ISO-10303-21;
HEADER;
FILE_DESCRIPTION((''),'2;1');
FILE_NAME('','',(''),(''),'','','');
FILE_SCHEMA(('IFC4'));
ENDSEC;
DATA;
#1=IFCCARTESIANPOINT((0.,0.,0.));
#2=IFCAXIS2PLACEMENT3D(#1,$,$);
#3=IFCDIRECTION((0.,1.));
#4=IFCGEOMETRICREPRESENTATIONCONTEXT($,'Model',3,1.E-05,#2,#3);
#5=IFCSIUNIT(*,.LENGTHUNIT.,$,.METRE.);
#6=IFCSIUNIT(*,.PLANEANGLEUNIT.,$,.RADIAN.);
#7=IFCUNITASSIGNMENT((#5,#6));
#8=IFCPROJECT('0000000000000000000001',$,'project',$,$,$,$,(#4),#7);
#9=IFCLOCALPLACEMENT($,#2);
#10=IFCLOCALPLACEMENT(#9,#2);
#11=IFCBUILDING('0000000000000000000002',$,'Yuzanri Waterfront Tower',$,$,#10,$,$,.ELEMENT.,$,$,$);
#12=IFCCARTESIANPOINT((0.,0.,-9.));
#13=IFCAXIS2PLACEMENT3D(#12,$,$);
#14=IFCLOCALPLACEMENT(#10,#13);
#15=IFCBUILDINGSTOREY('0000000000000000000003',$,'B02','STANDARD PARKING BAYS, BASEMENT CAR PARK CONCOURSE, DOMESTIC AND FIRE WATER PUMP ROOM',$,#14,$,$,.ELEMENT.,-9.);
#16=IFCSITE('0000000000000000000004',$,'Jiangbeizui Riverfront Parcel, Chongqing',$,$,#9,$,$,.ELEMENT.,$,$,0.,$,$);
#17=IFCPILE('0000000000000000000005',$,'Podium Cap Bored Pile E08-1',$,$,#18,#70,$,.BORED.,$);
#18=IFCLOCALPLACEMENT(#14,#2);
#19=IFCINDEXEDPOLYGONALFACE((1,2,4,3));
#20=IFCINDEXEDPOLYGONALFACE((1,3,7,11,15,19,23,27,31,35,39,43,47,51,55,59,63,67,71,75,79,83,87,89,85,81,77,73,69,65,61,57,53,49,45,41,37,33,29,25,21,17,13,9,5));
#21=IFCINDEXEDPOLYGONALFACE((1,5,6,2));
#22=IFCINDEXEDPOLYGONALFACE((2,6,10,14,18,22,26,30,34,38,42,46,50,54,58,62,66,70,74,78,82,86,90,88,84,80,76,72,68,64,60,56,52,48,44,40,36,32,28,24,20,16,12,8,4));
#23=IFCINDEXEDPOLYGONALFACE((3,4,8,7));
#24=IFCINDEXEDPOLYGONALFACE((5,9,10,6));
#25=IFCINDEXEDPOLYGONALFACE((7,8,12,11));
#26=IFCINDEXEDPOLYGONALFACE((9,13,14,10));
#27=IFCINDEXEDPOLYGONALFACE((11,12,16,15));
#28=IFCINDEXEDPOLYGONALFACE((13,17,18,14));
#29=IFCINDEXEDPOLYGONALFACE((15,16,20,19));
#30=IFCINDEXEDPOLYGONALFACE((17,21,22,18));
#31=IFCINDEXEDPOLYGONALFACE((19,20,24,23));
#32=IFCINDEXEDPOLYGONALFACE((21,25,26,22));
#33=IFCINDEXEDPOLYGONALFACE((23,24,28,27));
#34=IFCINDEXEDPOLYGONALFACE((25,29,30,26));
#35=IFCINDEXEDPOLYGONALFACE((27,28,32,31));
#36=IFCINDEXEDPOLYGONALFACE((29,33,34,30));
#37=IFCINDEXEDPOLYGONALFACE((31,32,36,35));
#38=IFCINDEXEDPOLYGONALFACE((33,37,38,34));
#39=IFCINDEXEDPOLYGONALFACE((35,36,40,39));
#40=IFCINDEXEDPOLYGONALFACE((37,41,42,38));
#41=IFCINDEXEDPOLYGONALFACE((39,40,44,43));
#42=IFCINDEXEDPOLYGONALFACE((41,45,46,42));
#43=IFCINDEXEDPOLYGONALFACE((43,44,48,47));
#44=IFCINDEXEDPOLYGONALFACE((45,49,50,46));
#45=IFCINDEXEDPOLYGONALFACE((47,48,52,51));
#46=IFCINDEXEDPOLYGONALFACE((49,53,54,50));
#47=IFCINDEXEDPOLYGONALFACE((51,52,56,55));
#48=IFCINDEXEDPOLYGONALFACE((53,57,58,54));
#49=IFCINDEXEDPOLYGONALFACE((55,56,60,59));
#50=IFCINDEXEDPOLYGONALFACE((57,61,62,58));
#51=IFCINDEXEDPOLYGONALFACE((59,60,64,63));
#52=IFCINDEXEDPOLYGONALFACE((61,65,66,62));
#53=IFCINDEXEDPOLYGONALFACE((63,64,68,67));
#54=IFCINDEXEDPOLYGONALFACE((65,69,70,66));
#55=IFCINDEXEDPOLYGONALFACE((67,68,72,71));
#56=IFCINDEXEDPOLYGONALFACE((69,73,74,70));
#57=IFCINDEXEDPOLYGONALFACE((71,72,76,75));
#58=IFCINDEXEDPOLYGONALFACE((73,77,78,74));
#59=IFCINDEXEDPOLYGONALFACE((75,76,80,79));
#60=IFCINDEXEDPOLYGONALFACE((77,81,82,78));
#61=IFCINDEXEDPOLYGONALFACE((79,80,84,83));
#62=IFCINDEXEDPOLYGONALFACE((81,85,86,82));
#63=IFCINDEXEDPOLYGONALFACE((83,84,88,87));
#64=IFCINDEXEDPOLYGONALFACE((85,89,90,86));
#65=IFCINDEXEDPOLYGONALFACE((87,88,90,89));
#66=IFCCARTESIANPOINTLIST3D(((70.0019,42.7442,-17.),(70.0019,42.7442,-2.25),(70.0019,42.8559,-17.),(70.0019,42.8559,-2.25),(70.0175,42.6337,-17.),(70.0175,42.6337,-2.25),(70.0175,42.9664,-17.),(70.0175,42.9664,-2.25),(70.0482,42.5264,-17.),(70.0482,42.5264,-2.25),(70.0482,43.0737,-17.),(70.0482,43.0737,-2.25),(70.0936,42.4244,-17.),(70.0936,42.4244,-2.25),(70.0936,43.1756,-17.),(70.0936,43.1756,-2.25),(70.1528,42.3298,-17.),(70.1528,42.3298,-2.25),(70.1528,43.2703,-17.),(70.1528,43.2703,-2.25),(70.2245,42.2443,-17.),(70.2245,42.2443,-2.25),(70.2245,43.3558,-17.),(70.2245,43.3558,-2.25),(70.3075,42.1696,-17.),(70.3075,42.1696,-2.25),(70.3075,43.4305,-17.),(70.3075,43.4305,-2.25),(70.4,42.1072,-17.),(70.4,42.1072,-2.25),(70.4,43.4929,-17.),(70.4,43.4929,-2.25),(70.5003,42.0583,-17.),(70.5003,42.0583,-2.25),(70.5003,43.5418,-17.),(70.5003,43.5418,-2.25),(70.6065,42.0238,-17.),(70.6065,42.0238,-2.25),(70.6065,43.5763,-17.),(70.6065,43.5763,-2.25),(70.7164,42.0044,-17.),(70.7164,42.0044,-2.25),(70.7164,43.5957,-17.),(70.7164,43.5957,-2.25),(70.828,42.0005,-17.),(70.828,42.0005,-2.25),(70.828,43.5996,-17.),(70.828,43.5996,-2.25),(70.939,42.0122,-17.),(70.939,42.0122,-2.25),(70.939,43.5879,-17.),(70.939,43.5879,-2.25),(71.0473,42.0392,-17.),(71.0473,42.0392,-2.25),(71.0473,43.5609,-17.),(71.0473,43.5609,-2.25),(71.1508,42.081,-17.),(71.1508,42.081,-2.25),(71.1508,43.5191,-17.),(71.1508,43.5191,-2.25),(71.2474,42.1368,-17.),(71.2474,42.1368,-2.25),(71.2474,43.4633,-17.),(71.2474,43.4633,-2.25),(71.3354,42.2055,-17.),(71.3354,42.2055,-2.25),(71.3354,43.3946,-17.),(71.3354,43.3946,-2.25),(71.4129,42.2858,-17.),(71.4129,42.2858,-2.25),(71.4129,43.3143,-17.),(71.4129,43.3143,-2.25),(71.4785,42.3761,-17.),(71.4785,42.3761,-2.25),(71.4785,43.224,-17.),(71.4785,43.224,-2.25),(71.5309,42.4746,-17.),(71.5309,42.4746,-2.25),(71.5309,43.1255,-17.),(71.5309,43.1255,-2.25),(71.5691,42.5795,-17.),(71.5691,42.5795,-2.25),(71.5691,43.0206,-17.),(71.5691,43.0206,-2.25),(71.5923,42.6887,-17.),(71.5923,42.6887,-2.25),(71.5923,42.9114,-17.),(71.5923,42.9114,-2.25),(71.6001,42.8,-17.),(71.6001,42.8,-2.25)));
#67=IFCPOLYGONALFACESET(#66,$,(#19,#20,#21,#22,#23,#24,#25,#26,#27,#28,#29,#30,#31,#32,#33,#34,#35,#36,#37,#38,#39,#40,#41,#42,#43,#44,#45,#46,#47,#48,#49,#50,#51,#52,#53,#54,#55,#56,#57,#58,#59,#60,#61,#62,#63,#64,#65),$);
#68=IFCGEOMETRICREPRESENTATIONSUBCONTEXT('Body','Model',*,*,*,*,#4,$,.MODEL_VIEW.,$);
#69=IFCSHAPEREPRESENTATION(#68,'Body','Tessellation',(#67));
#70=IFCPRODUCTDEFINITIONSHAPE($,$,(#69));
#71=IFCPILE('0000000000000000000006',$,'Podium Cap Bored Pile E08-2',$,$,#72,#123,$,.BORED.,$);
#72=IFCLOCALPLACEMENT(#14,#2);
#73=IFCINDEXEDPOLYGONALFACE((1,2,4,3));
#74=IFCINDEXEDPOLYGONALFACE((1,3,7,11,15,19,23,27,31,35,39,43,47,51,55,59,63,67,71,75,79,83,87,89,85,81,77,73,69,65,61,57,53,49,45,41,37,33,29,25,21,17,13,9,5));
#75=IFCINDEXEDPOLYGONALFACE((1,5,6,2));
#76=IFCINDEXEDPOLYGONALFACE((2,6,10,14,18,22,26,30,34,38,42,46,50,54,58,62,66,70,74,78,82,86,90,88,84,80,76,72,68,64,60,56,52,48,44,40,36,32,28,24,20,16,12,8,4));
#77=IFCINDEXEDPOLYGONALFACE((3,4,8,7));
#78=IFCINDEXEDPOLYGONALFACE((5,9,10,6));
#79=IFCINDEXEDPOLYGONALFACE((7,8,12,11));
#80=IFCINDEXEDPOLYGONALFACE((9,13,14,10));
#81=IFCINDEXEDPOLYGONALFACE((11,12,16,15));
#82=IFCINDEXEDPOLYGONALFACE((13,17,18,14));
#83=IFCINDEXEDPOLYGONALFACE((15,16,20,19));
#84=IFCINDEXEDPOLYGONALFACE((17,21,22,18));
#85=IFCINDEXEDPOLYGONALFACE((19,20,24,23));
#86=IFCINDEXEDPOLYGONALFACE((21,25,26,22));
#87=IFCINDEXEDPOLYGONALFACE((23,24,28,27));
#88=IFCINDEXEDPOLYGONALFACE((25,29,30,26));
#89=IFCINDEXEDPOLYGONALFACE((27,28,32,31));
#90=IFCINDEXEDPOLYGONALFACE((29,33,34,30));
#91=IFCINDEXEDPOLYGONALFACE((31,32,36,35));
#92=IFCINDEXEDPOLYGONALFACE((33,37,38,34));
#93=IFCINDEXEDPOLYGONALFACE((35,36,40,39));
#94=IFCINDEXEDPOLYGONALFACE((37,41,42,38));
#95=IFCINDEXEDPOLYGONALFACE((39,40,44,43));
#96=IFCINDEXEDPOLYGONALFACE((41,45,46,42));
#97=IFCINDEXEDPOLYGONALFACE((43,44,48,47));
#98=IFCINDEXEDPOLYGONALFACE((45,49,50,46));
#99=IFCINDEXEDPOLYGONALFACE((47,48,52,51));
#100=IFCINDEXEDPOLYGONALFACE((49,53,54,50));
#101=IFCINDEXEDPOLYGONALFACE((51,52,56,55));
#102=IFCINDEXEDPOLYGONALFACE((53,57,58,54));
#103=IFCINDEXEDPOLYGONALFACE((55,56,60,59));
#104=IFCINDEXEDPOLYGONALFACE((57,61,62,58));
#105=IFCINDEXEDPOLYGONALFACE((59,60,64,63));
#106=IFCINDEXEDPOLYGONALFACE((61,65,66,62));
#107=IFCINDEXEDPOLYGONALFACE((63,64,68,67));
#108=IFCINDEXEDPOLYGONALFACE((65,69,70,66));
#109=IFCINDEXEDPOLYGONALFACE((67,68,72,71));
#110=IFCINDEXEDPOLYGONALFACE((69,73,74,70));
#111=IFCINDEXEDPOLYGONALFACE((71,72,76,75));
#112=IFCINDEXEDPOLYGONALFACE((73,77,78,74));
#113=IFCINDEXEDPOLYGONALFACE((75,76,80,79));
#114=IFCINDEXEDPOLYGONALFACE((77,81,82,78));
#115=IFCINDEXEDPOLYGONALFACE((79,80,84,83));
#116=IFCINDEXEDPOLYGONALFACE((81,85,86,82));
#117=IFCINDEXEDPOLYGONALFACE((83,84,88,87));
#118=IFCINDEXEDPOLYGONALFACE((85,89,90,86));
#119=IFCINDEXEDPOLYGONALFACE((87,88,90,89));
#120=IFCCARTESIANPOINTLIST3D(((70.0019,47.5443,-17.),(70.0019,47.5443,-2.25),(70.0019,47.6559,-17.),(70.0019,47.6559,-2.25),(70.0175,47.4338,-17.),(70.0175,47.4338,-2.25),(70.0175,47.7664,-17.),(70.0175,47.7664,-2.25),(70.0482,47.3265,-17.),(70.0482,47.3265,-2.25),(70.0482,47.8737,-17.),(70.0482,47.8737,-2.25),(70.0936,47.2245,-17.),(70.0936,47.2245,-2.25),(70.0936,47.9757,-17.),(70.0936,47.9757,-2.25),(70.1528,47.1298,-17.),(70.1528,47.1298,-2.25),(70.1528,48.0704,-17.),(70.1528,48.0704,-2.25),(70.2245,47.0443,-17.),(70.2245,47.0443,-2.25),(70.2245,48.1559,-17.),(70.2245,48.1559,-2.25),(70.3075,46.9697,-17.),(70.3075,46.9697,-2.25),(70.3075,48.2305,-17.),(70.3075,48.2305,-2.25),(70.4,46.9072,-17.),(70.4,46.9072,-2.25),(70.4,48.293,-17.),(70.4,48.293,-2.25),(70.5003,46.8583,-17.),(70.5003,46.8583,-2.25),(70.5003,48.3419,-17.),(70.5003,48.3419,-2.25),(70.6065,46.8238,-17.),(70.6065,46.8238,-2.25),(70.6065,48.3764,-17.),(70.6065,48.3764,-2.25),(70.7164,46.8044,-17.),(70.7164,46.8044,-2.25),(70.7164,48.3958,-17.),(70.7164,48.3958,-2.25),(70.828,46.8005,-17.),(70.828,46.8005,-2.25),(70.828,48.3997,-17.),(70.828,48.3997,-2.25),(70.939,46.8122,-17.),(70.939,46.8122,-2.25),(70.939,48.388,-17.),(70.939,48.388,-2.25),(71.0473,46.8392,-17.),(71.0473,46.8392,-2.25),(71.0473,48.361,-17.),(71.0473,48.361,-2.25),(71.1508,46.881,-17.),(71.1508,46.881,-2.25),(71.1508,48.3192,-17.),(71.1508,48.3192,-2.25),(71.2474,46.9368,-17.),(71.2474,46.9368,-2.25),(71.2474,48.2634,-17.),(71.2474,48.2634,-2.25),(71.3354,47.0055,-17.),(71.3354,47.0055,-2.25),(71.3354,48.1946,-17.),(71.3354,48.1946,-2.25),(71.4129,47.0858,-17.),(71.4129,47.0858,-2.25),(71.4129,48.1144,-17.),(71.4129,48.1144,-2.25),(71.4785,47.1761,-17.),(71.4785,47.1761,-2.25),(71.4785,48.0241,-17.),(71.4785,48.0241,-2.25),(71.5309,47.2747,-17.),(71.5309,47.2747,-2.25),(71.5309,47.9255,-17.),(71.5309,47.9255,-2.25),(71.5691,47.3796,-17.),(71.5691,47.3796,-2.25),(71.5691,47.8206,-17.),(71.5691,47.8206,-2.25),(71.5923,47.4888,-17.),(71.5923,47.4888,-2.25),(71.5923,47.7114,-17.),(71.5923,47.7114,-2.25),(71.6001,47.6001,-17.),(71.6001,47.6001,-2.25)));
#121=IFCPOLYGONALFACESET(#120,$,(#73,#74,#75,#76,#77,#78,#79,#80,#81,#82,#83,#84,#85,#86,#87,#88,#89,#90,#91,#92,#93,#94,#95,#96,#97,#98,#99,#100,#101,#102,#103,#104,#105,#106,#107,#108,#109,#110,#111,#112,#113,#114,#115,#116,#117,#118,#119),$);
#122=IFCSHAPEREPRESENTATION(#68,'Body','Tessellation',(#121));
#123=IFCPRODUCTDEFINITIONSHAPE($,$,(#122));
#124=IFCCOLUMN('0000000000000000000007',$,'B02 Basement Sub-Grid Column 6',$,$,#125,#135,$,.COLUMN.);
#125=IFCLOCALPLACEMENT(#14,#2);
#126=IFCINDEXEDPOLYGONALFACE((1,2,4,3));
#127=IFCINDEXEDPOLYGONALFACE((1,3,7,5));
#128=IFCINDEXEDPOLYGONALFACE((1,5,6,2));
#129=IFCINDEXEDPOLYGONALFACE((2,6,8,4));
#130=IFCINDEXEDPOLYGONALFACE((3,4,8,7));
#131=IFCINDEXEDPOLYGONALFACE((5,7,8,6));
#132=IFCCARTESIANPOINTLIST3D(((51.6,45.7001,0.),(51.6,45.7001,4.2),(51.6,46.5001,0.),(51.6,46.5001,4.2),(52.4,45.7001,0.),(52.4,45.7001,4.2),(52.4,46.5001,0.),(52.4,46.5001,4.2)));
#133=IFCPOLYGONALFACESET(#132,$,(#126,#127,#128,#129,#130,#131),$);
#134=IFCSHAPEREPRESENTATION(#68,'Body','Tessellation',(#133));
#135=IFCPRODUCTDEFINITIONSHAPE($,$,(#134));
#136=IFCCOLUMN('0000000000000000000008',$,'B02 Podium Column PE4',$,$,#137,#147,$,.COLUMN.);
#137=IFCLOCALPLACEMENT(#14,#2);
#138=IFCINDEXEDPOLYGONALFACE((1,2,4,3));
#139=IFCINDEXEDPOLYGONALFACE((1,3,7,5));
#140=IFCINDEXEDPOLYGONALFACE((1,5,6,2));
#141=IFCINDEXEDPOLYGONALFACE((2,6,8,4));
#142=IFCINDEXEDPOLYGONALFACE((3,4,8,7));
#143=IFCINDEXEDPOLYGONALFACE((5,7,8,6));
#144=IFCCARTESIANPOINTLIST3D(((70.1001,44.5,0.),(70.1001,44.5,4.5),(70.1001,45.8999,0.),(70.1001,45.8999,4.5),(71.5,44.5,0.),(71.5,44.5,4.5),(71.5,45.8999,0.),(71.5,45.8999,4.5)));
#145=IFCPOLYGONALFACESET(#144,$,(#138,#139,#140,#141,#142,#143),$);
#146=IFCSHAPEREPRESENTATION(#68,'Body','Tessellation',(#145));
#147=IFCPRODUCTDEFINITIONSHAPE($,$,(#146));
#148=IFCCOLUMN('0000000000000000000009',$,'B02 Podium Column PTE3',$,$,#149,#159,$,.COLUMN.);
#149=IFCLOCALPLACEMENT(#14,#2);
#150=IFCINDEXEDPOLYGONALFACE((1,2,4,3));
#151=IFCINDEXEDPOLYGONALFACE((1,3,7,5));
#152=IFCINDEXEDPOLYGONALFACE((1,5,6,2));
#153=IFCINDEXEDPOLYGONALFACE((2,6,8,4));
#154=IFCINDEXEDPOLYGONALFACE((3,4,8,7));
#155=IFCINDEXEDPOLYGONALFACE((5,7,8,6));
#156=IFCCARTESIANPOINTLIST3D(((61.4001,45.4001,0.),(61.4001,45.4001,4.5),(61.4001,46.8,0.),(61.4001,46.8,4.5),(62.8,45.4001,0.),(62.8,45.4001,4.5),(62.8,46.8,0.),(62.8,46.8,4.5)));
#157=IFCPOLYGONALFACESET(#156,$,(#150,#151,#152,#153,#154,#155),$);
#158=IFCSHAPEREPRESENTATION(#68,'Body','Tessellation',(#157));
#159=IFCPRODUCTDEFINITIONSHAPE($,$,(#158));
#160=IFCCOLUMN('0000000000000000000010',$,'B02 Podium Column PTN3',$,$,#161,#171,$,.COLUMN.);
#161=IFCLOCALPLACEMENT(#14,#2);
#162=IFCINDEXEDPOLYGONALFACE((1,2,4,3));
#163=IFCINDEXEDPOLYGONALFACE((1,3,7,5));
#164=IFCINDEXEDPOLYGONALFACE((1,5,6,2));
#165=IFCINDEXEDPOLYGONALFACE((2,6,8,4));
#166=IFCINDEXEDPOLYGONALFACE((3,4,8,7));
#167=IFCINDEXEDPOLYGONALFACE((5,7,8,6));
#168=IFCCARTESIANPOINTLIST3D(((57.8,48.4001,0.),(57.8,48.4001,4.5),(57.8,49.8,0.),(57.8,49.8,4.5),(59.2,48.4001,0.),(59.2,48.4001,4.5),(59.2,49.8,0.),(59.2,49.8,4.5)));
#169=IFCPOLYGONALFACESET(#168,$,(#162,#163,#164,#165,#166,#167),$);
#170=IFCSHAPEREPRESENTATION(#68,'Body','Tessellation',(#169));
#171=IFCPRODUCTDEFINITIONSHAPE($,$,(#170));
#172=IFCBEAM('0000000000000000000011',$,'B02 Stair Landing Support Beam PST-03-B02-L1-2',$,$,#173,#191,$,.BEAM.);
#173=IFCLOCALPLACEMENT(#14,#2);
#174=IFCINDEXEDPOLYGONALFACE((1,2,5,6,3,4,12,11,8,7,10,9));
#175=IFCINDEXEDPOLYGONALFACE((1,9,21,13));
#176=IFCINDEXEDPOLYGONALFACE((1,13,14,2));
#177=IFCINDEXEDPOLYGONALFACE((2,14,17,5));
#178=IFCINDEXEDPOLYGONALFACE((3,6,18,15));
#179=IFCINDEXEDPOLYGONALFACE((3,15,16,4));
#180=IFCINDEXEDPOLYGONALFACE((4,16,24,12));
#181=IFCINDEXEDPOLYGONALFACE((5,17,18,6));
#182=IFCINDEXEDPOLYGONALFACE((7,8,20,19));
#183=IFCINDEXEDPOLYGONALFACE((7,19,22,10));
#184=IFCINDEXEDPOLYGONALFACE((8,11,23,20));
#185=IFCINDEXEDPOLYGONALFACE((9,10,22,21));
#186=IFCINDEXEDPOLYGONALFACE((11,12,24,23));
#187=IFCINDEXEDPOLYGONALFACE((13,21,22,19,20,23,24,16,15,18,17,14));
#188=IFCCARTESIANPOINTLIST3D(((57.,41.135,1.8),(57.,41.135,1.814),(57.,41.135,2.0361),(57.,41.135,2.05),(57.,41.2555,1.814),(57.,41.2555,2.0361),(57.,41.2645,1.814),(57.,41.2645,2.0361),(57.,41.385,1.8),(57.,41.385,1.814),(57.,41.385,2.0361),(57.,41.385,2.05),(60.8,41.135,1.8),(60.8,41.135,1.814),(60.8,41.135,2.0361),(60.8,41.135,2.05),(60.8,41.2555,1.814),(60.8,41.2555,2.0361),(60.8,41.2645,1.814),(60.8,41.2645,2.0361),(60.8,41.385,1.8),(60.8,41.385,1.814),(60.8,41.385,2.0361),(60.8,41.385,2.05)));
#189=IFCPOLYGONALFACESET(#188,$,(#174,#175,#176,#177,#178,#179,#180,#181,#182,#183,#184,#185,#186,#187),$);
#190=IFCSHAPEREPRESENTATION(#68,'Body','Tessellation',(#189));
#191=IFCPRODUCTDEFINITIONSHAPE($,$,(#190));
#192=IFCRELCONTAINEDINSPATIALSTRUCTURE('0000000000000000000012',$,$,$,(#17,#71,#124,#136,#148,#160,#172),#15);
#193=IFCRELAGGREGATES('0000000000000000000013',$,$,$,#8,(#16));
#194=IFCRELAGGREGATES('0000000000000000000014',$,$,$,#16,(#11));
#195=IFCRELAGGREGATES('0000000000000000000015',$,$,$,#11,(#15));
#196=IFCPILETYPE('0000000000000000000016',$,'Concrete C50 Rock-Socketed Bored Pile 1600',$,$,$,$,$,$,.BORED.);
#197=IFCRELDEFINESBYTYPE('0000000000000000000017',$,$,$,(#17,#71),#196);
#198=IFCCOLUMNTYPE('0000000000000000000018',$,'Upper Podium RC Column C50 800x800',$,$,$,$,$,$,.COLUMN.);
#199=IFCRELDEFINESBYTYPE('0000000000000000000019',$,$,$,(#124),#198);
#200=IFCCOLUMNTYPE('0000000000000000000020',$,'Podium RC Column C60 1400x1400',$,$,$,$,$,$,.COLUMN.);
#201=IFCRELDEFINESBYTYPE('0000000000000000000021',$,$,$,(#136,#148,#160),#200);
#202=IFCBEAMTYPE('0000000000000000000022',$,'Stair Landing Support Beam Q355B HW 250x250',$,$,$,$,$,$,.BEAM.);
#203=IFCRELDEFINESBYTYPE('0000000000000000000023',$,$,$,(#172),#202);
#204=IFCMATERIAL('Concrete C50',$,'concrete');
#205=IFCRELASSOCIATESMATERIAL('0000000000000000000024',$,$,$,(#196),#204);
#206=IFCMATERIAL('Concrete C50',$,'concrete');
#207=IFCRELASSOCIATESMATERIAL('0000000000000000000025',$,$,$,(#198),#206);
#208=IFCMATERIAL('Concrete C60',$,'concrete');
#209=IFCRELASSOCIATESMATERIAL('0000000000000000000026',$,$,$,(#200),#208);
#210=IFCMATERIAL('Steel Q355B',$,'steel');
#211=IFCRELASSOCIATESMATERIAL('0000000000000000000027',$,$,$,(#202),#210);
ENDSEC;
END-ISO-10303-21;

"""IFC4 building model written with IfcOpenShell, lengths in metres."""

from ifc_helpers import new_model, si_unit, direction, frame, origin, origin_2d, place, context, subcontext, project, spatial, rectangle, circle, i_section, extrude, source, transform, mapped, material, material_profile, profile_set, type_object, element, save


model = new_model("IFC4")

# Units and contexts
model_context = context("Model", 3, precision=1e-05, world=origin(), true_north=direction((0.0, 1.0)))
body_context = subcontext(model_context, "Body", "Model", "MODEL_VIEW")
ifc_project = project(units=[si_unit("LENGTHUNIT", "METRE"), si_unit("PLANEANGLEUNIT", "RADIAN")], contexts=[model_context])

# Site, building, storey
site_placement = place(None, origin())
site = spatial("IfcSite", under=ifc_project, at=site_placement, Name="Jiangbeizui Riverfront Parcel, Chongqing", CompositionType="ELEMENT", RefElevation=0.0)
building_placement = place(site_placement, origin())
building = spatial("IfcBuilding", under=site, at=building_placement, Name="Yuzanri Waterfront Tower", CompositionType="ELEMENT")
storey_placement = place(building_placement, frame((0.0, 0.0, -9.0)))
storey = spatial("IfcBuildingStorey", under=building, at=storey_placement, Name="B02", Description="STANDARD PARKING BAYS, BASEMENT CAR PARK CONCOURSE, DOMESTIC AND FIRE WATER PUMP ROOM", CompositionType="ELEMENT", Elevation=-9.0)

# Piles
ifc_material_1 = material(Name="Concrete C50", Category="concrete")
ifc_material_profile_1 = material_profile(ifc_material_1, circle(Radius=0.8, at=origin_2d()), Name="PILE D1600")
ifc_profile_set_1 = profile_set([ifc_material_profile_1], Name="Concrete C50")
pile_type_1 = type_object("IfcPileType", Name="Concrete C50 Rock-Socketed Bored Pile 1600", PredefinedType="BORED", material=ifc_profile_set_1)
shared_shape_1 = source(origin(), body_context, "Body", "SweptSolid", [
    extrude(circle(Radius=0.8, at=origin_2d()), origin(), (0.0, 0.0, 1.0), 14.75),
])
for number, where, z_axis, x_axis, name in (
    (1, (70.8, 42.8, -2.25), (0.0, 0.0, -1.0), (1.0, 0.0, 0.0), "Podium Cap Bored Pile E08-1"),
    (2, (70.8, 47.6001, -2.25), (0.0, 0.0, -1.0), (1.0, 0.0, 0.0), "Podium Cap Bored Pile E08-2"),
):
    element("IfcPile", number, at=place(storey_placement, frame(where, z_axis=z_axis, x_axis=x_axis)), inside=storey, type_object=pile_type_1, Name=name, PredefinedType="BORED", context=body_context, shape_type="MappedRepresentation", body=[
        mapped(shared_shape_1, transform((0.0, 0.0, 0.0), scale=1.0)),
    ])

# Columns
ifc_material_2 = material(Name="Concrete C50", Category="concrete")
ifc_material_profile_2 = material_profile(ifc_material_2, rectangle(XDim=0.8, YDim=0.8, at=origin_2d()), Name="RC 800x800")
ifc_profile_set_2 = profile_set([ifc_material_profile_2], Name="Concrete C50")
column_type_1 = type_object("IfcColumnType", Name="Upper Podium RC Column C50 800x800", PredefinedType="COLUMN", material=ifc_profile_set_2)
shared_shape_2 = source(origin(), body_context, "Body", "SweptSolid", [
    extrude(rectangle(XDim=0.8, YDim=0.8, at=origin_2d()), origin(), (0.0, 0.0, 1.0), 4.2),
])
column_placement = place(storey_placement, frame((52.0, 46.1001, 0.0), z_axis=(0.0, 0.0, 1.0), x_axis=(1.0, 0.0, 0.0)))
element("IfcColumn", 3, at=column_placement, inside=storey, type_object=column_type_1, Name="B02 Basement Sub-Grid Column 6", PredefinedType="COLUMN", context=body_context, shape_type="MappedRepresentation", body=[
    mapped(shared_shape_2, transform((0.0, 0.0, 0.0), scale=1.0)),
])
ifc_material_3 = material(Name="Concrete C60", Category="concrete")
ifc_material_profile_3 = material_profile(ifc_material_3, rectangle(XDim=1.3999, YDim=1.3999, at=origin_2d()), Name="RC 1400x1400")
ifc_profile_set_3 = profile_set([ifc_material_profile_3], Name="Concrete C60")
column_type_2 = type_object("IfcColumnType", Name="Podium RC Column C60 1400x1400", PredefinedType="COLUMN", material=ifc_profile_set_3)
shared_shape_3 = source(origin(), body_context, "Body", "SweptSolid", [
    extrude(rectangle(XDim=1.3999, YDim=1.3999, at=origin_2d()), origin(), (0.0, 0.0, 1.0), 4.5),
])
for number, where, z_axis, x_axis, name in (
    (4, (70.8, 45.2, 0.0), (0.0, 0.0, 1.0), (1.0, 0.0, 0.0), "B02 Podium Column PE4"),
    (5, (62.1001, 46.1001, 0.0), (0.0, 0.0, 1.0), (1.0, 0.0, 0.0), "B02 Podium Column PTE3"),
    (6, (58.5, 49.1001, 0.0), (0.0, 0.0, 1.0), (1.0, 0.0, 0.0), "B02 Podium Column PTN3"),
):
    element("IfcColumn", number, at=place(storey_placement, frame(where, z_axis=z_axis, x_axis=x_axis)), inside=storey, type_object=column_type_2, Name=name, PredefinedType="COLUMN", context=body_context, shape_type="MappedRepresentation", body=[
        mapped(shared_shape_3, transform((0.0, 0.0, 0.0), scale=1.0)),
    ])

# Beam
ifc_material_4 = material(Name="Steel Q355B", Category="steel")
ifc_material_profile_4 = material_profile(ifc_material_4, i_section(OverallWidth=0.25, OverallDepth=0.25, WebThickness=0.009, FlangeThickness=0.0139, at=origin_2d()), Name="HW 250x250x9x14")
ifc_profile_set_4 = profile_set([ifc_material_profile_4], Name="Steel Q355B")
beam_type = type_object("IfcBeamType", Name="Stair Landing Support Beam Q355B HW 250x250", PredefinedType="BEAM", material=ifc_profile_set_4)
shared_shape_4 = source(origin(), body_context, "Body", "SweptSolid", [
    extrude(i_section(OverallWidth=0.25, OverallDepth=0.25, WebThickness=0.009, FlangeThickness=0.0139, at=origin_2d()), origin(), (0.0, 0.0, 1.0), 3.8),
])
beam_placement = place(storey_placement, frame((57.0, 41.26, 1.925), z_axis=(1.0, 0.0, 0.0), x_axis=(0.0, 1.0, 0.0)))
element("IfcBeam", 7, at=beam_placement, inside=storey, type_object=beam_type, Name="B02 Stair Landing Support Beam PST-03-B02-L1-2", PredefinedType="BEAM", context=body_context, shape_type="MappedRepresentation", body=[
    mapped(shared_shape_4, transform((0.0, 0.0, 0.0), scale=1.0)),
])

save(model, "model.ifc")
